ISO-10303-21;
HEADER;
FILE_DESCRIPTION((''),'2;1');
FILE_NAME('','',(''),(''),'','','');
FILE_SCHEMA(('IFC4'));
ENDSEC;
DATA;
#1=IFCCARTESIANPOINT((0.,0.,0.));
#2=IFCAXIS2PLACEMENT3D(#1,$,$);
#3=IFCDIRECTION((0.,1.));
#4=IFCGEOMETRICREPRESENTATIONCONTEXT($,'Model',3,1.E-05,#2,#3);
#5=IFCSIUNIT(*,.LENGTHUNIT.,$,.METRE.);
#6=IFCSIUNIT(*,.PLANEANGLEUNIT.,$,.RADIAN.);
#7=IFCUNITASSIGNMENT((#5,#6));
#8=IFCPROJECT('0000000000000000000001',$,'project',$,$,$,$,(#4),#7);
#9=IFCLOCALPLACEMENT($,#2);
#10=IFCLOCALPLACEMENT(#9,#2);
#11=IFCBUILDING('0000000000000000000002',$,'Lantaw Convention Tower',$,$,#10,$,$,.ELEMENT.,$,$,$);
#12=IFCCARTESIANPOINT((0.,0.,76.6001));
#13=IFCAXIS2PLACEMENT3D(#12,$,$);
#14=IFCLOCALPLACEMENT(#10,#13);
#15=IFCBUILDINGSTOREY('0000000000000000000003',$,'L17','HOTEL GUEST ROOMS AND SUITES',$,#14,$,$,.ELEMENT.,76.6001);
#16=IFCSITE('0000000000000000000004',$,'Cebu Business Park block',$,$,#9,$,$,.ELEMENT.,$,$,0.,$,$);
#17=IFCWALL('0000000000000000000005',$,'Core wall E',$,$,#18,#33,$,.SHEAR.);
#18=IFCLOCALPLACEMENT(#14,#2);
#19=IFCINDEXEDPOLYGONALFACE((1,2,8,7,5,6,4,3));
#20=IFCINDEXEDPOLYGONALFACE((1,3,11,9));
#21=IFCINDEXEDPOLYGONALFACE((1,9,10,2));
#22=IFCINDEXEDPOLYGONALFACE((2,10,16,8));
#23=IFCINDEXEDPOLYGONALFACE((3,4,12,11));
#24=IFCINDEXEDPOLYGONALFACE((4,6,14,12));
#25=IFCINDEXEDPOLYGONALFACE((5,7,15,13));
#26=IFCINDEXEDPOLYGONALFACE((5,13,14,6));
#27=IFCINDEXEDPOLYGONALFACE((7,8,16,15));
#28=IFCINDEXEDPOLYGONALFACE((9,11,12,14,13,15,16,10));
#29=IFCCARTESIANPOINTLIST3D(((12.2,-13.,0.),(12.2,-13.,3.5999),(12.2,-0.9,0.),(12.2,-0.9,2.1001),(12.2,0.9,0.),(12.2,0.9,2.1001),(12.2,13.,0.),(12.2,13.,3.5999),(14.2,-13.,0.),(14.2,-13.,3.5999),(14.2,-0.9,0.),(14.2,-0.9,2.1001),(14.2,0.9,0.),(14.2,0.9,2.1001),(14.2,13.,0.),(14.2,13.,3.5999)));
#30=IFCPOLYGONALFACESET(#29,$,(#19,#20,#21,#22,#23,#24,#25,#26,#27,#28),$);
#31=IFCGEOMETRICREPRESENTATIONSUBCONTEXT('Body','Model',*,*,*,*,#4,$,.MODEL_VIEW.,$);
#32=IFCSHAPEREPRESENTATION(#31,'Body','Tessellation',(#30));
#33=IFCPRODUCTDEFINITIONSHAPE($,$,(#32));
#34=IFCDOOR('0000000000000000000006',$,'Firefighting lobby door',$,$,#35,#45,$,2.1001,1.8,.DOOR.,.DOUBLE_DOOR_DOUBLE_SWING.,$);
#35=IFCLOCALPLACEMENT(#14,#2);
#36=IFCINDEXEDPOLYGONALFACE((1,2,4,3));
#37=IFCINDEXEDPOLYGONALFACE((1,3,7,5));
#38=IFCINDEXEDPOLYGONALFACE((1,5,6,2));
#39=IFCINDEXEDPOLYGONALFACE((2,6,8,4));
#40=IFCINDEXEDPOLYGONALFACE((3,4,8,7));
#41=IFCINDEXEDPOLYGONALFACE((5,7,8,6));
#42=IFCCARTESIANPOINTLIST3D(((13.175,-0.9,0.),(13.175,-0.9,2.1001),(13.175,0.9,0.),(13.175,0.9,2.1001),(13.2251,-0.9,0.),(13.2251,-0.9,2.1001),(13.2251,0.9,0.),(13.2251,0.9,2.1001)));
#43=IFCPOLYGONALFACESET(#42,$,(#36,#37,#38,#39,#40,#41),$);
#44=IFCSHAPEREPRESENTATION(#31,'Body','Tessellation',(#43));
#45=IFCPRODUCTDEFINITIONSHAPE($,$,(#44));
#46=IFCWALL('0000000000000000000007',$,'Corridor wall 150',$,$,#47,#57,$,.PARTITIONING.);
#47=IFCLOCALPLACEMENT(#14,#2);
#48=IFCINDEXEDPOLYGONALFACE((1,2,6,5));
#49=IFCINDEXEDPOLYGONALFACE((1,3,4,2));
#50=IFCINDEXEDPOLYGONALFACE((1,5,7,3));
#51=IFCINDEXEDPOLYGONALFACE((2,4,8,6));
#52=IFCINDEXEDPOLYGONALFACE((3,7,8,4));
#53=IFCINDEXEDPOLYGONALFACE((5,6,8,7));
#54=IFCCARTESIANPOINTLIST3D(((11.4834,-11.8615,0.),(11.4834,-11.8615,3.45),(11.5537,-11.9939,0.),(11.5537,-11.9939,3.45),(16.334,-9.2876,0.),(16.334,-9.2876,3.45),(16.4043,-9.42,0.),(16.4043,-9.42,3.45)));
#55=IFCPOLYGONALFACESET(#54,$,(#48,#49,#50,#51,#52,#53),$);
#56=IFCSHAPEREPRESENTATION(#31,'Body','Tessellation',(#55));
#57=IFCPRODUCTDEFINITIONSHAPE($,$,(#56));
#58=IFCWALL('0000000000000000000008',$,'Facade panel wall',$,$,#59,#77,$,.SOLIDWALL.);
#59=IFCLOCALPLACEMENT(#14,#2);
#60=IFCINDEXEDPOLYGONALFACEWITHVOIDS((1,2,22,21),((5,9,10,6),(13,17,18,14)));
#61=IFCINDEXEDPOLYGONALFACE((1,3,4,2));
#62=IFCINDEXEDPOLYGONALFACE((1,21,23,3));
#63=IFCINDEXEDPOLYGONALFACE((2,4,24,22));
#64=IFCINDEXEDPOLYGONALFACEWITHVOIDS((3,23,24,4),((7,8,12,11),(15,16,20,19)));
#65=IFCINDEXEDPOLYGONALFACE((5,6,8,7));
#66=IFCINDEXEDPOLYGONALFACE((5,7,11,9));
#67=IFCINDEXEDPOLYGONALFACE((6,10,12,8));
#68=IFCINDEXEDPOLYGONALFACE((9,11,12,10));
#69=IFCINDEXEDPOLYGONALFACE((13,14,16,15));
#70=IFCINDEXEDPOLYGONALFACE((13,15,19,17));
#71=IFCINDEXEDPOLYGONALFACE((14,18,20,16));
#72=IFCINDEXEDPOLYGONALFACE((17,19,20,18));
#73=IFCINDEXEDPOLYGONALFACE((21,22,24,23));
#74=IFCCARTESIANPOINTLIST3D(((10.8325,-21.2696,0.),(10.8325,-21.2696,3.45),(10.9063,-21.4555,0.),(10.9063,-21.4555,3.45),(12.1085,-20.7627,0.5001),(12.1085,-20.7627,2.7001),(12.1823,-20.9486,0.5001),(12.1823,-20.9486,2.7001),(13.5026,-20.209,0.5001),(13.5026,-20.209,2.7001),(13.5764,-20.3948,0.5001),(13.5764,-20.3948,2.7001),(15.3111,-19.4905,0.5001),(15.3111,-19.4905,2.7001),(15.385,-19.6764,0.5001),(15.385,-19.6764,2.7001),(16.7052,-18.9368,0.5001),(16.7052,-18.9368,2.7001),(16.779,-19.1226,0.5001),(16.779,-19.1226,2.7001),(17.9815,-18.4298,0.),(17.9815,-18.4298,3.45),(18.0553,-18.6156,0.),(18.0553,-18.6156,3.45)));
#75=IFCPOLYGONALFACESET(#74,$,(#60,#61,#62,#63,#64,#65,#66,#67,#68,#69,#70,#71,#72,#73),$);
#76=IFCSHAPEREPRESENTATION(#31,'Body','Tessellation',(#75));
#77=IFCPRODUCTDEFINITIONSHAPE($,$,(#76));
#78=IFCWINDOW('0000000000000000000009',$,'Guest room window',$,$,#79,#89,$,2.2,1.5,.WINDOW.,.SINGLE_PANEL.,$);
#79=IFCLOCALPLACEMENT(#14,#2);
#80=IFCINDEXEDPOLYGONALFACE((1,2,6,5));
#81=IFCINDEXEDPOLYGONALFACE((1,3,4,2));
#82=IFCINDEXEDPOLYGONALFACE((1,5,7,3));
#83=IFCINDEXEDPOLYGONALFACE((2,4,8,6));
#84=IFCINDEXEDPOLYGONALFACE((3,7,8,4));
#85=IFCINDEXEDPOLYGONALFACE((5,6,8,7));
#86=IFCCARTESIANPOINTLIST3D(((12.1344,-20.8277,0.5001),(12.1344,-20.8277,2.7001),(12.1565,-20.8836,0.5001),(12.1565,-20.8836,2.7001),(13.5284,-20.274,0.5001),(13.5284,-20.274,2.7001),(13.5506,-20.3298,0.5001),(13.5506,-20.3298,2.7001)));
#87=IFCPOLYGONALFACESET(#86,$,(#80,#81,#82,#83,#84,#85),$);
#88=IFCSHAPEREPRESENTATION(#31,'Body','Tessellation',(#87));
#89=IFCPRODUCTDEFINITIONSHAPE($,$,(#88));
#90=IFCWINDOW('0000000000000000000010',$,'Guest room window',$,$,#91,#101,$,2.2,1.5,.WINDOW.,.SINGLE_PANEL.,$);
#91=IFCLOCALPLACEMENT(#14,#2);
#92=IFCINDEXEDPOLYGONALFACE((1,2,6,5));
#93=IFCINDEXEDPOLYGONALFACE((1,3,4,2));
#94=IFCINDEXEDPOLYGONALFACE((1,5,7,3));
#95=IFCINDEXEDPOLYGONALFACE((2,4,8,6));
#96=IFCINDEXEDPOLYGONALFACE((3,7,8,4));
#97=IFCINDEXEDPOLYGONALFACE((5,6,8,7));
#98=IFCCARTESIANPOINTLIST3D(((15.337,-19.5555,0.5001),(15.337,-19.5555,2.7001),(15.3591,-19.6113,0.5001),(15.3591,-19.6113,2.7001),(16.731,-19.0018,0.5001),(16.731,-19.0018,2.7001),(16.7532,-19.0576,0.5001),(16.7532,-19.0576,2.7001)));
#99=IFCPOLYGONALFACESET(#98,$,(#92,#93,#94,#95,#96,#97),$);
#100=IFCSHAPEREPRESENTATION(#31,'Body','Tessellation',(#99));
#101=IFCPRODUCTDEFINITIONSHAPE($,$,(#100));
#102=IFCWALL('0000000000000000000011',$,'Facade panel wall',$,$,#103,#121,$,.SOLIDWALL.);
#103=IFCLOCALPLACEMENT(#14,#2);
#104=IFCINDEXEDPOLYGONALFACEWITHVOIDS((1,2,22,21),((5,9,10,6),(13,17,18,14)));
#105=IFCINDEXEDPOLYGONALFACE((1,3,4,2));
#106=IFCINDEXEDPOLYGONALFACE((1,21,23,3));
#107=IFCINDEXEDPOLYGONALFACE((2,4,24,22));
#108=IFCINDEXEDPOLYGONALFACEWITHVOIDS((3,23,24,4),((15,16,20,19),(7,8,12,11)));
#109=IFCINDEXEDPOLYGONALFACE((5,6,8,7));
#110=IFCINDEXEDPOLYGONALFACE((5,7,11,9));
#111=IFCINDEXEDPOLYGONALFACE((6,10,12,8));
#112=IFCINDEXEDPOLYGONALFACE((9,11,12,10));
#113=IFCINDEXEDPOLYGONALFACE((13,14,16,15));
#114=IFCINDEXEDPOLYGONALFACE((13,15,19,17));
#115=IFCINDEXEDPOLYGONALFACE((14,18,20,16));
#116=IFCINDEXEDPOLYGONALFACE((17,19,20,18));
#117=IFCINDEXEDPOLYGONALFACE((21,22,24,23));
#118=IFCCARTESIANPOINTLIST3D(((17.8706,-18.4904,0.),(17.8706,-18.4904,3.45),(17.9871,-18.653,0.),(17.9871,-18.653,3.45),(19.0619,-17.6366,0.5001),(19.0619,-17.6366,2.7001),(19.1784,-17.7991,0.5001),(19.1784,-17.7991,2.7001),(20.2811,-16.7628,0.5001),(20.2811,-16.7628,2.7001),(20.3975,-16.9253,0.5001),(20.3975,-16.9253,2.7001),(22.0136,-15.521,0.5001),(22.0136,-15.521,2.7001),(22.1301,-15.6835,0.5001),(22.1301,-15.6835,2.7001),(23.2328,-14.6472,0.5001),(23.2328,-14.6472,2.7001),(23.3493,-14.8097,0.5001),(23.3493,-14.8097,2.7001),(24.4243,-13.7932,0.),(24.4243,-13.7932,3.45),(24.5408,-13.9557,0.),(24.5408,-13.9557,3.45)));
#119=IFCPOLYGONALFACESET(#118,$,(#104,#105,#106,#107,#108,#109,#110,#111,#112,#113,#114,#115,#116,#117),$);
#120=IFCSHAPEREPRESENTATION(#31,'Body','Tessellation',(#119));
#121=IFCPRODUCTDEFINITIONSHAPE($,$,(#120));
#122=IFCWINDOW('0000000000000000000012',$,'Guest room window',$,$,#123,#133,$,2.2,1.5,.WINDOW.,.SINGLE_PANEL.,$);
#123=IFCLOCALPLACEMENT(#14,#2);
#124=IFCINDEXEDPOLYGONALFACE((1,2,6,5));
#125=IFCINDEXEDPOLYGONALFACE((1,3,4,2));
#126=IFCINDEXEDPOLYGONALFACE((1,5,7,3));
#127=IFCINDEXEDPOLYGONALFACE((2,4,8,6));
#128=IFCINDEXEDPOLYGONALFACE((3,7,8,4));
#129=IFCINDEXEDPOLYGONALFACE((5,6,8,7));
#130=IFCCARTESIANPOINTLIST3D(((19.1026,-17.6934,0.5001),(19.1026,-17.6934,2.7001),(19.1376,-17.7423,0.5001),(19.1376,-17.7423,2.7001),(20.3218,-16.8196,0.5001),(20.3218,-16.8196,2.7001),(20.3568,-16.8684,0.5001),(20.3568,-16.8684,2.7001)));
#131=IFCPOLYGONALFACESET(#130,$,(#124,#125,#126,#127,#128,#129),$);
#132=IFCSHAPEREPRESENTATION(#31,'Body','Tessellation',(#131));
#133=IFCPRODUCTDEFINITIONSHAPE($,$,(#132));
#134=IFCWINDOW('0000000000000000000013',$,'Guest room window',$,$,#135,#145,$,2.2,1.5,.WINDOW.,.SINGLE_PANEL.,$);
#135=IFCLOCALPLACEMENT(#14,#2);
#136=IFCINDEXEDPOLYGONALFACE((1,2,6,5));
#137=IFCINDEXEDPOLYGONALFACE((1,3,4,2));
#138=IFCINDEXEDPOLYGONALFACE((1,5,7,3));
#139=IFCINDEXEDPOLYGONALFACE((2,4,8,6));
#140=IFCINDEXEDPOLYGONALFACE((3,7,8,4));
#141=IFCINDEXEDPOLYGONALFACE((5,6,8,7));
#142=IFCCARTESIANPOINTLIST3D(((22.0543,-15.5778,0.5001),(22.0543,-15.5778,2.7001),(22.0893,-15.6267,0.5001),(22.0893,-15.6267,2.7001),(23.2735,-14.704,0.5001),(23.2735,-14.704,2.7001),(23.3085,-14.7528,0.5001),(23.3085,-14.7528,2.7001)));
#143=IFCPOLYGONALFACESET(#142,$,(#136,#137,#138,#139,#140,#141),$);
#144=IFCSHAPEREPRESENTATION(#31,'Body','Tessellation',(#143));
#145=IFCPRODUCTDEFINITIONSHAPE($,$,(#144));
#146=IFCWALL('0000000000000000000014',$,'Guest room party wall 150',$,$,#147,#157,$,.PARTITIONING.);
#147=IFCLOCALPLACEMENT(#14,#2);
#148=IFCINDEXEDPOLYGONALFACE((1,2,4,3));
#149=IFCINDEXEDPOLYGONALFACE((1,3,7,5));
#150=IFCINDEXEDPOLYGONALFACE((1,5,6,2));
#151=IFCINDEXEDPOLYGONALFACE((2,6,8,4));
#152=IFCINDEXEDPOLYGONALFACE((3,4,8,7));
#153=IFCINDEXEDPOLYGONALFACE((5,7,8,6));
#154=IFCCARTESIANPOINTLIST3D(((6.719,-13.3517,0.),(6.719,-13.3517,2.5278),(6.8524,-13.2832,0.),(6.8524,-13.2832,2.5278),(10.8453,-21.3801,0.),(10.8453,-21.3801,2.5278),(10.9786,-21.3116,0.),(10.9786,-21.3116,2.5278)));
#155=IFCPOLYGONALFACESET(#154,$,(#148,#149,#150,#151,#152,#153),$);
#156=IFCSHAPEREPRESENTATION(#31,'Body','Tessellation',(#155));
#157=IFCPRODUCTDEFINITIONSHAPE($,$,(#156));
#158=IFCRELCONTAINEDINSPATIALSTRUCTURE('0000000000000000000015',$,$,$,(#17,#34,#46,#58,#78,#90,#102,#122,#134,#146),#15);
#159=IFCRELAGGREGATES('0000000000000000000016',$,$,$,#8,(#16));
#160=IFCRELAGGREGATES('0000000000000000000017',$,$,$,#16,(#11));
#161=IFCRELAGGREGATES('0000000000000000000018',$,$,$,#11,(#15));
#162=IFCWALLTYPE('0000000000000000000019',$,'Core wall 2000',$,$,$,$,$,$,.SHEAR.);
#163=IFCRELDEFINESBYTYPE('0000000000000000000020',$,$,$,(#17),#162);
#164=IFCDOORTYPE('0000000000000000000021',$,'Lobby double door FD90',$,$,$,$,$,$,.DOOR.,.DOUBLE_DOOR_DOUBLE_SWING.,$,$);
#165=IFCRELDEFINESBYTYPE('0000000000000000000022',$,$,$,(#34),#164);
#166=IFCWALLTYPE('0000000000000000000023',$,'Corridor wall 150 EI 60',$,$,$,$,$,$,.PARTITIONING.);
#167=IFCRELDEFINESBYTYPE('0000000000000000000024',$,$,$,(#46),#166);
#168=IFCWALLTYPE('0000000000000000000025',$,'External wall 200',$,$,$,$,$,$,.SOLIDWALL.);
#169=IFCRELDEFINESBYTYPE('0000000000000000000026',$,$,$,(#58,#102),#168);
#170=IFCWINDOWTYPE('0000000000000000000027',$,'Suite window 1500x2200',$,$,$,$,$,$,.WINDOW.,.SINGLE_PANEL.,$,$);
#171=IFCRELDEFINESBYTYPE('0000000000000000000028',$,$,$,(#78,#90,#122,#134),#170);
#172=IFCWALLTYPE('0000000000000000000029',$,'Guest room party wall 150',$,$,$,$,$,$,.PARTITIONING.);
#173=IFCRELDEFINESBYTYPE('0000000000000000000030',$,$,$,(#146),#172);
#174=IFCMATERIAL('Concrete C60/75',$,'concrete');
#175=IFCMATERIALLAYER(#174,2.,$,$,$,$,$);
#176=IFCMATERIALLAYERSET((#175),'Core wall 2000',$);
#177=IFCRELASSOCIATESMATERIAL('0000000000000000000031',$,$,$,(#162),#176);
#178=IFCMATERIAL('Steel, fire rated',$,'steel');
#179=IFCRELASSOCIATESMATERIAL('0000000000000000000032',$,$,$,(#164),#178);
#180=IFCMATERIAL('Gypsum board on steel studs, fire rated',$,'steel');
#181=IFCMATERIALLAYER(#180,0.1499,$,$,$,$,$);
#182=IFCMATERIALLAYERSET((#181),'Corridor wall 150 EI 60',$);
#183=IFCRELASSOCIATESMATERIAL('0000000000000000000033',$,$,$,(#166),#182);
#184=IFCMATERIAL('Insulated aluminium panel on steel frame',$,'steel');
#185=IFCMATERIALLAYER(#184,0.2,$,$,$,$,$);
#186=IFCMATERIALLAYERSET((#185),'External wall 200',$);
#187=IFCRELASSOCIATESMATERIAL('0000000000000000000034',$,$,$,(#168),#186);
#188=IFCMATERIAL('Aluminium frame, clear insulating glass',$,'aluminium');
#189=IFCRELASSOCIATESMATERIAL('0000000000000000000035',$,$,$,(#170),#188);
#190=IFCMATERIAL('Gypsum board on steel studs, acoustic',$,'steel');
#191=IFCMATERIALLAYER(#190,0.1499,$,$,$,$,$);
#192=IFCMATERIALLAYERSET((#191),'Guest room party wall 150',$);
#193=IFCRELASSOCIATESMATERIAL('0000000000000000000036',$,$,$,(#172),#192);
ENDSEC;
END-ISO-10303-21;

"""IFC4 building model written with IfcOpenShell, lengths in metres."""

from ifc_helpers import new_model, si_unit, direction, frame, frame_2d, origin, place, context, subcontext, project, spatial, rectangle, extrude, material, layer, layer_set, type_object, element, fill, save


model = new_model("IFC4")

# Units and contexts
model_context = context("Model", 3, precision=1e-05, world=origin(), true_north=direction((0.0, 1.0)))
body_context = subcontext(model_context, "Body", "Model", "MODEL_VIEW")
ifc_project = project(units=[si_unit("LENGTHUNIT", "METRE"), si_unit("PLANEANGLEUNIT", "RADIAN")], contexts=[model_context])

# Site, building, storey
site_placement = place(None, origin())
site = spatial("IfcSite", under=ifc_project, at=site_placement, Name="Cebu Business Park block", CompositionType="ELEMENT", RefElevation=0.0)
building_placement = place(site_placement, origin())
building = spatial("IfcBuilding", under=site, at=building_placement, Name="Lantaw Convention Tower", CompositionType="ELEMENT")
storey_placement = place(building_placement, frame((0.0, 0.0, 76.6001)))
storey = spatial("IfcBuildingStorey", under=building, at=storey_placement, Name="L17", Description="HOTEL GUEST ROOMS AND SUITES", CompositionType="ELEMENT", Elevation=76.6001)

# Shared definitions
ifc_material_1 = material(Name="Concrete C60/75", Category="concrete")

# Wall, opening, door
ifc_layer_1 = layer(ifc_material_1, 2.0)
ifc_layer_set_1 = layer_set([ifc_layer_1], Name="Core wall 2000")
wall_type_1 = type_object("IfcWallType", Name="Core wall 2000", PredefinedType="SHEAR", material=ifc_layer_set_1)
wall_1_placement = place(storey_placement, frame((13.2, -13.0, 0.0), z_axis=(0.0, 0.0, 1.0), x_axis=(0.0, 1.0, 0.0)))
wall_1 = element("IfcWall", 1, at=wall_1_placement, inside=storey, type_object=wall_type_1, Name="Core wall E", PredefinedType="SHEAR", context=body_context, shape_type="SweptSolid", body=[
    extrude(rectangle(XDim=26.0, YDim=2.0, at=frame_2d((13.0, 0.0))), origin(), (0.0, 0.0, 1.0), 3.5999),
])
opening_1_placement = place(wall_1_placement, frame((12.1001, 0.0, 0.0)))
opening_1 = element("IfcOpeningElement", 2, at=opening_1_placement, cuts=wall_1, PredefinedType="OPENING", context=body_context, shape_type="SweptSolid", body=[
    extrude(rectangle(XDim=1.8, YDim=2.1001, at=frame_2d((0.8999, 1.05))), frame((0.0, 1.01, 0.0), z_axis=(0.0, -1.0, 0.0), x_axis=(1.0, 0.0, 0.0)), (0.0, 0.0, 1.0), 2.02),
])
ifc_material_2 = material(Name="Steel, fire rated", Category="steel")
door_type_1 = type_object("IfcDoorType", Name="Lobby double door FD90", OperationType="DOUBLE_DOOR_DOUBLE_SWING", PredefinedType="DOOR", material=ifc_material_2)
door_1_placement = place(opening_1_placement, origin())
door_1 = element("IfcDoor", 3, at=door_1_placement, inside=storey, type_object=door_type_1, Name="Firefighting lobby door", OperationType="DOUBLE_DOOR_DOUBLE_SWING", OverallHeight=2.1001, OverallWidth=1.8, PredefinedType="DOOR", context=body_context, shape_type="SweptSolid", body=[
    extrude(rectangle(XDim=1.8, YDim=2.1001, at=frame_2d((0.8999, 1.05))), frame((0.0, 0.0249, 0.0), z_axis=(0.0, -1.0, 0.0), x_axis=(1.0, 0.0, 0.0)), (0.0, 0.0, 1.0), 0.05),
])
fill(opening_1, door_1)

# Wall
ifc_material_3 = material(Name="Gypsum board on steel studs, fire rated", Category="steel")
ifc_layer_2 = layer(ifc_material_3, 0.1499)
ifc_layer_set_2 = layer_set([ifc_layer_2], Name="Corridor wall 150 EI 60")
wall_type_2 = type_object("IfcWallType", Name="Corridor wall 150 EI 60", PredefinedType="PARTITIONING", material=ifc_layer_set_2)
wall_2_placement = place(storey_placement, frame((11.5186, -11.9277, 0.0), z_axis=(0.0, 0.0, 1.0), x_axis=(0.883334, 0.468743, 0.0)))
element("IfcWall", 4, at=wall_2_placement, inside=storey, type_object=wall_type_2, Name="Corridor wall 150", PredefinedType="PARTITIONING", context=body_context, shape_type="SweptSolid", body=[
    extrude(rectangle(XDim=5.4912, YDim=0.1499, at=frame_2d((2.7456, 0.0))), origin(), (0.0, 0.0, 1.0), 3.45),
])

# Walls, openings, windows
ifc_material_4 = material(Name="Insulated aluminium panel on steel frame", Category="steel")
ifc_layer_3 = layer(ifc_material_4, 0.2)
ifc_layer_set_3 = layer_set([ifc_layer_3], Name="External wall 200")
wall_type_3 = type_object("IfcWallType", Name="External wall 200", PredefinedType="SOLIDWALL", material=ifc_layer_set_3)
wall_3_placement = place(storey_placement, frame((10.8694, -21.3625, 0.0), z_axis=(0.0, 0.0, 1.0), x_axis=(0.929358, 0.369179, 0.0)))
wall_3 = element("IfcWall", 5, at=wall_3_placement, inside=storey, type_object=wall_type_3, Name="Facade panel wall", PredefinedType="SOLIDWALL", context=body_context, shape_type="SweptSolid", body=[
    extrude(rectangle(XDim=7.6924, YDim=0.2, at=frame_2d((3.8462, 0.0))), origin(), (0.0, 0.0, 1.0), 3.45),
])
opening_2_placement = place(wall_3_placement, frame((1.373, 0.0, 0.5)))
opening_2 = element("IfcOpeningElement", 6, at=opening_2_placement, cuts=wall_3, PredefinedType="OPENING", context=body_context, shape_type="SweptSolid", body=[
    extrude(rectangle(XDim=1.5, YDim=2.2, at=frame_2d((0.75, 1.1001))), frame((0.0, 0.1099, 0.0), z_axis=(0.0, -1.0, 0.0), x_axis=(1.0, 0.0, 0.0)), (0.0, 0.0, 1.0), 0.22),
])
opening_3_placement = place(wall_3_placement, frame((4.8191, 0.0, 0.5)))
opening_3 = element("IfcOpeningElement", 7, at=opening_3_placement, cuts=wall_3, PredefinedType="OPENING", context=body_context, shape_type="SweptSolid", body=[
    extrude(rectangle(XDim=1.5, YDim=2.2, at=frame_2d((0.75, 1.1001))), frame((0.0, 0.1099, 0.0), z_axis=(0.0, -1.0, 0.0), x_axis=(1.0, 0.0, 0.0)), (0.0, 0.0, 1.0), 0.22),
])
ifc_material_5 = material(Name="Aluminium frame, clear insulating glass", Category="aluminium")
window_type = type_object("IfcWindowType", Name="Suite window 1500x2200", PartitioningType="SINGLE_PANEL", PredefinedType="WINDOW", material=ifc_material_5)
window_1_placement = place(opening_2_placement, origin())
window_1 = element("IfcWindow", 8, at=window_1_placement, inside=storey, type_object=window_type, Name="Guest room window", OverallHeight=2.2, OverallWidth=1.5, PartitioningType="SINGLE_PANEL", PredefinedType="WINDOW", context=body_context, shape_type="SweptSolid", body=[
    extrude(rectangle(XDim=1.5, YDim=2.2, at=frame_2d((0.75, 1.1001))), frame((0.0, 0.03, 0.0), z_axis=(0.0, -1.0, 0.0), x_axis=(1.0, 0.0, 0.0)), (0.0, 0.0, 1.0), 0.0601),
])
fill(opening_2, window_1)
window_2_placement = place(opening_3_placement, origin())
window_2 = element("IfcWindow", 9, at=window_2_placement, inside=storey, type_object=window_type, Name="Guest room window", OverallHeight=2.2, OverallWidth=1.5, PartitioningType="SINGLE_PANEL", PredefinedType="WINDOW", context=body_context, shape_type="SweptSolid", body=[
    extrude(rectangle(XDim=1.5, YDim=2.2, at=frame_2d((0.75, 1.1001))), frame((0.0, 0.03, 0.0), z_axis=(0.0, -1.0, 0.0), x_axis=(1.0, 0.0, 0.0)), (0.0, 0.0, 1.0), 0.0601),
])
fill(opening_3, window_2)
wall_4_placement = place(storey_placement, frame((17.9287, -18.5718, 0.0), z_axis=(0.0, 0.0, 1.0), x_axis=(0.812791, 0.582555, 0.0)))
wall_4 = element("IfcWall", 10, at=wall_4_placement, inside=storey, type_object=wall_type_3, Name="Facade panel wall", PredefinedType="SOLIDWALL", context=body_context, shape_type="SweptSolid", body=[
    extrude(rectangle(XDim=8.0632, YDim=0.2, at=frame_2d((4.0317, 0.0))), origin(), (0.0, 0.0, 1.0), 3.45),
])
opening_4_placement = place(wall_4_placement, frame((1.4658, 0.0, 0.5)))
opening_4 = element("IfcOpeningElement", 11, at=opening_4_placement, cuts=wall_4, PredefinedType="OPENING", context=body_context, shape_type="SweptSolid", body=[
    extrude(rectangle(XDim=1.5, YDim=2.2, at=frame_2d((0.75, 1.1001))), frame((0.0, 0.1099, 0.0), z_axis=(0.0, -1.0, 0.0), x_axis=(1.0, 0.0, 0.0)), (0.0, 0.0, 1.0), 0.22),
])
opening_5_placement = place(wall_4_placement, frame((5.0974, 0.0, 0.5)))
opening_5 = element("IfcOpeningElement", 12, at=opening_5_placement, cuts=wall_4, PredefinedType="OPENING", context=body_context, shape_type="SweptSolid", body=[
    extrude(rectangle(XDim=1.5, YDim=2.2, at=frame_2d((0.75, 1.1001))), frame((0.0, 0.1099, 0.0), z_axis=(0.0, -1.0, 0.0), x_axis=(1.0, 0.0, 0.0)), (0.0, 0.0, 1.0), 0.22),
])
window_3_placement = place(opening_4_placement, origin())
window_3 = element("IfcWindow", 13, at=window_3_placement, inside=storey, type_object=window_type, Name="Guest room window", OverallHeight=2.2, OverallWidth=1.5, PartitioningType="SINGLE_PANEL", PredefinedType="WINDOW", context=body_context, shape_type="SweptSolid", body=[
    extrude(rectangle(XDim=1.5, YDim=2.2, at=frame_2d((0.75, 1.1001))), frame((0.0, 0.03, 0.0), z_axis=(0.0, -1.0, 0.0), x_axis=(1.0, 0.0, 0.0)), (0.0, 0.0, 1.0), 0.0601),
])
fill(opening_4, window_3)
window_4_placement = place(opening_5_placement, origin())
window_4 = element("IfcWindow", 14, at=window_4_placement, inside=storey, type_object=window_type, Name="Guest room window", OverallHeight=2.2, OverallWidth=1.5, PartitioningType="SINGLE_PANEL", PredefinedType="WINDOW", context=body_context, shape_type="SweptSolid", body=[
    extrude(rectangle(XDim=1.5, YDim=2.2, at=frame_2d((0.75, 1.1001))), frame((0.0, 0.03, 0.0), z_axis=(0.0, -1.0, 0.0), x_axis=(1.0, 0.0, 0.0)), (0.0, 0.0, 1.0), 0.0601),
])
fill(opening_5, window_4)

# Wall
ifc_material_6 = material(Name="Gypsum board on steel studs, acoustic", Category="steel")
ifc_layer_4 = layer(ifc_material_6, 0.1499)
ifc_layer_set_4 = layer_set([ifc_layer_4], Name="Guest room party wall 150")
wall_type_4 = type_object("IfcWallType", Name="Guest room party wall 150", PredefinedType="PARTITIONING", material=ifc_layer_set_4)
wall_5_placement = place(storey_placement, frame((10.9119, -21.3457, 0.0), z_axis=(0.0, 0.0, 1.0), x_axis=(-0.457118, 0.889406, 0.0)))
element("IfcWall", 15, at=wall_5_placement, inside=storey, type_object=wall_type_4, Name="Guest room party wall 150", PredefinedType="PARTITIONING", context=body_context, shape_type="SweptSolid", body=[
    extrude(rectangle(XDim=9.0266, YDim=0.1499, at=frame_2d((4.5132, 0.0))), origin(), (0.0, 0.0, 1.0), 2.5278),
])

save(model, "model.ifc")
